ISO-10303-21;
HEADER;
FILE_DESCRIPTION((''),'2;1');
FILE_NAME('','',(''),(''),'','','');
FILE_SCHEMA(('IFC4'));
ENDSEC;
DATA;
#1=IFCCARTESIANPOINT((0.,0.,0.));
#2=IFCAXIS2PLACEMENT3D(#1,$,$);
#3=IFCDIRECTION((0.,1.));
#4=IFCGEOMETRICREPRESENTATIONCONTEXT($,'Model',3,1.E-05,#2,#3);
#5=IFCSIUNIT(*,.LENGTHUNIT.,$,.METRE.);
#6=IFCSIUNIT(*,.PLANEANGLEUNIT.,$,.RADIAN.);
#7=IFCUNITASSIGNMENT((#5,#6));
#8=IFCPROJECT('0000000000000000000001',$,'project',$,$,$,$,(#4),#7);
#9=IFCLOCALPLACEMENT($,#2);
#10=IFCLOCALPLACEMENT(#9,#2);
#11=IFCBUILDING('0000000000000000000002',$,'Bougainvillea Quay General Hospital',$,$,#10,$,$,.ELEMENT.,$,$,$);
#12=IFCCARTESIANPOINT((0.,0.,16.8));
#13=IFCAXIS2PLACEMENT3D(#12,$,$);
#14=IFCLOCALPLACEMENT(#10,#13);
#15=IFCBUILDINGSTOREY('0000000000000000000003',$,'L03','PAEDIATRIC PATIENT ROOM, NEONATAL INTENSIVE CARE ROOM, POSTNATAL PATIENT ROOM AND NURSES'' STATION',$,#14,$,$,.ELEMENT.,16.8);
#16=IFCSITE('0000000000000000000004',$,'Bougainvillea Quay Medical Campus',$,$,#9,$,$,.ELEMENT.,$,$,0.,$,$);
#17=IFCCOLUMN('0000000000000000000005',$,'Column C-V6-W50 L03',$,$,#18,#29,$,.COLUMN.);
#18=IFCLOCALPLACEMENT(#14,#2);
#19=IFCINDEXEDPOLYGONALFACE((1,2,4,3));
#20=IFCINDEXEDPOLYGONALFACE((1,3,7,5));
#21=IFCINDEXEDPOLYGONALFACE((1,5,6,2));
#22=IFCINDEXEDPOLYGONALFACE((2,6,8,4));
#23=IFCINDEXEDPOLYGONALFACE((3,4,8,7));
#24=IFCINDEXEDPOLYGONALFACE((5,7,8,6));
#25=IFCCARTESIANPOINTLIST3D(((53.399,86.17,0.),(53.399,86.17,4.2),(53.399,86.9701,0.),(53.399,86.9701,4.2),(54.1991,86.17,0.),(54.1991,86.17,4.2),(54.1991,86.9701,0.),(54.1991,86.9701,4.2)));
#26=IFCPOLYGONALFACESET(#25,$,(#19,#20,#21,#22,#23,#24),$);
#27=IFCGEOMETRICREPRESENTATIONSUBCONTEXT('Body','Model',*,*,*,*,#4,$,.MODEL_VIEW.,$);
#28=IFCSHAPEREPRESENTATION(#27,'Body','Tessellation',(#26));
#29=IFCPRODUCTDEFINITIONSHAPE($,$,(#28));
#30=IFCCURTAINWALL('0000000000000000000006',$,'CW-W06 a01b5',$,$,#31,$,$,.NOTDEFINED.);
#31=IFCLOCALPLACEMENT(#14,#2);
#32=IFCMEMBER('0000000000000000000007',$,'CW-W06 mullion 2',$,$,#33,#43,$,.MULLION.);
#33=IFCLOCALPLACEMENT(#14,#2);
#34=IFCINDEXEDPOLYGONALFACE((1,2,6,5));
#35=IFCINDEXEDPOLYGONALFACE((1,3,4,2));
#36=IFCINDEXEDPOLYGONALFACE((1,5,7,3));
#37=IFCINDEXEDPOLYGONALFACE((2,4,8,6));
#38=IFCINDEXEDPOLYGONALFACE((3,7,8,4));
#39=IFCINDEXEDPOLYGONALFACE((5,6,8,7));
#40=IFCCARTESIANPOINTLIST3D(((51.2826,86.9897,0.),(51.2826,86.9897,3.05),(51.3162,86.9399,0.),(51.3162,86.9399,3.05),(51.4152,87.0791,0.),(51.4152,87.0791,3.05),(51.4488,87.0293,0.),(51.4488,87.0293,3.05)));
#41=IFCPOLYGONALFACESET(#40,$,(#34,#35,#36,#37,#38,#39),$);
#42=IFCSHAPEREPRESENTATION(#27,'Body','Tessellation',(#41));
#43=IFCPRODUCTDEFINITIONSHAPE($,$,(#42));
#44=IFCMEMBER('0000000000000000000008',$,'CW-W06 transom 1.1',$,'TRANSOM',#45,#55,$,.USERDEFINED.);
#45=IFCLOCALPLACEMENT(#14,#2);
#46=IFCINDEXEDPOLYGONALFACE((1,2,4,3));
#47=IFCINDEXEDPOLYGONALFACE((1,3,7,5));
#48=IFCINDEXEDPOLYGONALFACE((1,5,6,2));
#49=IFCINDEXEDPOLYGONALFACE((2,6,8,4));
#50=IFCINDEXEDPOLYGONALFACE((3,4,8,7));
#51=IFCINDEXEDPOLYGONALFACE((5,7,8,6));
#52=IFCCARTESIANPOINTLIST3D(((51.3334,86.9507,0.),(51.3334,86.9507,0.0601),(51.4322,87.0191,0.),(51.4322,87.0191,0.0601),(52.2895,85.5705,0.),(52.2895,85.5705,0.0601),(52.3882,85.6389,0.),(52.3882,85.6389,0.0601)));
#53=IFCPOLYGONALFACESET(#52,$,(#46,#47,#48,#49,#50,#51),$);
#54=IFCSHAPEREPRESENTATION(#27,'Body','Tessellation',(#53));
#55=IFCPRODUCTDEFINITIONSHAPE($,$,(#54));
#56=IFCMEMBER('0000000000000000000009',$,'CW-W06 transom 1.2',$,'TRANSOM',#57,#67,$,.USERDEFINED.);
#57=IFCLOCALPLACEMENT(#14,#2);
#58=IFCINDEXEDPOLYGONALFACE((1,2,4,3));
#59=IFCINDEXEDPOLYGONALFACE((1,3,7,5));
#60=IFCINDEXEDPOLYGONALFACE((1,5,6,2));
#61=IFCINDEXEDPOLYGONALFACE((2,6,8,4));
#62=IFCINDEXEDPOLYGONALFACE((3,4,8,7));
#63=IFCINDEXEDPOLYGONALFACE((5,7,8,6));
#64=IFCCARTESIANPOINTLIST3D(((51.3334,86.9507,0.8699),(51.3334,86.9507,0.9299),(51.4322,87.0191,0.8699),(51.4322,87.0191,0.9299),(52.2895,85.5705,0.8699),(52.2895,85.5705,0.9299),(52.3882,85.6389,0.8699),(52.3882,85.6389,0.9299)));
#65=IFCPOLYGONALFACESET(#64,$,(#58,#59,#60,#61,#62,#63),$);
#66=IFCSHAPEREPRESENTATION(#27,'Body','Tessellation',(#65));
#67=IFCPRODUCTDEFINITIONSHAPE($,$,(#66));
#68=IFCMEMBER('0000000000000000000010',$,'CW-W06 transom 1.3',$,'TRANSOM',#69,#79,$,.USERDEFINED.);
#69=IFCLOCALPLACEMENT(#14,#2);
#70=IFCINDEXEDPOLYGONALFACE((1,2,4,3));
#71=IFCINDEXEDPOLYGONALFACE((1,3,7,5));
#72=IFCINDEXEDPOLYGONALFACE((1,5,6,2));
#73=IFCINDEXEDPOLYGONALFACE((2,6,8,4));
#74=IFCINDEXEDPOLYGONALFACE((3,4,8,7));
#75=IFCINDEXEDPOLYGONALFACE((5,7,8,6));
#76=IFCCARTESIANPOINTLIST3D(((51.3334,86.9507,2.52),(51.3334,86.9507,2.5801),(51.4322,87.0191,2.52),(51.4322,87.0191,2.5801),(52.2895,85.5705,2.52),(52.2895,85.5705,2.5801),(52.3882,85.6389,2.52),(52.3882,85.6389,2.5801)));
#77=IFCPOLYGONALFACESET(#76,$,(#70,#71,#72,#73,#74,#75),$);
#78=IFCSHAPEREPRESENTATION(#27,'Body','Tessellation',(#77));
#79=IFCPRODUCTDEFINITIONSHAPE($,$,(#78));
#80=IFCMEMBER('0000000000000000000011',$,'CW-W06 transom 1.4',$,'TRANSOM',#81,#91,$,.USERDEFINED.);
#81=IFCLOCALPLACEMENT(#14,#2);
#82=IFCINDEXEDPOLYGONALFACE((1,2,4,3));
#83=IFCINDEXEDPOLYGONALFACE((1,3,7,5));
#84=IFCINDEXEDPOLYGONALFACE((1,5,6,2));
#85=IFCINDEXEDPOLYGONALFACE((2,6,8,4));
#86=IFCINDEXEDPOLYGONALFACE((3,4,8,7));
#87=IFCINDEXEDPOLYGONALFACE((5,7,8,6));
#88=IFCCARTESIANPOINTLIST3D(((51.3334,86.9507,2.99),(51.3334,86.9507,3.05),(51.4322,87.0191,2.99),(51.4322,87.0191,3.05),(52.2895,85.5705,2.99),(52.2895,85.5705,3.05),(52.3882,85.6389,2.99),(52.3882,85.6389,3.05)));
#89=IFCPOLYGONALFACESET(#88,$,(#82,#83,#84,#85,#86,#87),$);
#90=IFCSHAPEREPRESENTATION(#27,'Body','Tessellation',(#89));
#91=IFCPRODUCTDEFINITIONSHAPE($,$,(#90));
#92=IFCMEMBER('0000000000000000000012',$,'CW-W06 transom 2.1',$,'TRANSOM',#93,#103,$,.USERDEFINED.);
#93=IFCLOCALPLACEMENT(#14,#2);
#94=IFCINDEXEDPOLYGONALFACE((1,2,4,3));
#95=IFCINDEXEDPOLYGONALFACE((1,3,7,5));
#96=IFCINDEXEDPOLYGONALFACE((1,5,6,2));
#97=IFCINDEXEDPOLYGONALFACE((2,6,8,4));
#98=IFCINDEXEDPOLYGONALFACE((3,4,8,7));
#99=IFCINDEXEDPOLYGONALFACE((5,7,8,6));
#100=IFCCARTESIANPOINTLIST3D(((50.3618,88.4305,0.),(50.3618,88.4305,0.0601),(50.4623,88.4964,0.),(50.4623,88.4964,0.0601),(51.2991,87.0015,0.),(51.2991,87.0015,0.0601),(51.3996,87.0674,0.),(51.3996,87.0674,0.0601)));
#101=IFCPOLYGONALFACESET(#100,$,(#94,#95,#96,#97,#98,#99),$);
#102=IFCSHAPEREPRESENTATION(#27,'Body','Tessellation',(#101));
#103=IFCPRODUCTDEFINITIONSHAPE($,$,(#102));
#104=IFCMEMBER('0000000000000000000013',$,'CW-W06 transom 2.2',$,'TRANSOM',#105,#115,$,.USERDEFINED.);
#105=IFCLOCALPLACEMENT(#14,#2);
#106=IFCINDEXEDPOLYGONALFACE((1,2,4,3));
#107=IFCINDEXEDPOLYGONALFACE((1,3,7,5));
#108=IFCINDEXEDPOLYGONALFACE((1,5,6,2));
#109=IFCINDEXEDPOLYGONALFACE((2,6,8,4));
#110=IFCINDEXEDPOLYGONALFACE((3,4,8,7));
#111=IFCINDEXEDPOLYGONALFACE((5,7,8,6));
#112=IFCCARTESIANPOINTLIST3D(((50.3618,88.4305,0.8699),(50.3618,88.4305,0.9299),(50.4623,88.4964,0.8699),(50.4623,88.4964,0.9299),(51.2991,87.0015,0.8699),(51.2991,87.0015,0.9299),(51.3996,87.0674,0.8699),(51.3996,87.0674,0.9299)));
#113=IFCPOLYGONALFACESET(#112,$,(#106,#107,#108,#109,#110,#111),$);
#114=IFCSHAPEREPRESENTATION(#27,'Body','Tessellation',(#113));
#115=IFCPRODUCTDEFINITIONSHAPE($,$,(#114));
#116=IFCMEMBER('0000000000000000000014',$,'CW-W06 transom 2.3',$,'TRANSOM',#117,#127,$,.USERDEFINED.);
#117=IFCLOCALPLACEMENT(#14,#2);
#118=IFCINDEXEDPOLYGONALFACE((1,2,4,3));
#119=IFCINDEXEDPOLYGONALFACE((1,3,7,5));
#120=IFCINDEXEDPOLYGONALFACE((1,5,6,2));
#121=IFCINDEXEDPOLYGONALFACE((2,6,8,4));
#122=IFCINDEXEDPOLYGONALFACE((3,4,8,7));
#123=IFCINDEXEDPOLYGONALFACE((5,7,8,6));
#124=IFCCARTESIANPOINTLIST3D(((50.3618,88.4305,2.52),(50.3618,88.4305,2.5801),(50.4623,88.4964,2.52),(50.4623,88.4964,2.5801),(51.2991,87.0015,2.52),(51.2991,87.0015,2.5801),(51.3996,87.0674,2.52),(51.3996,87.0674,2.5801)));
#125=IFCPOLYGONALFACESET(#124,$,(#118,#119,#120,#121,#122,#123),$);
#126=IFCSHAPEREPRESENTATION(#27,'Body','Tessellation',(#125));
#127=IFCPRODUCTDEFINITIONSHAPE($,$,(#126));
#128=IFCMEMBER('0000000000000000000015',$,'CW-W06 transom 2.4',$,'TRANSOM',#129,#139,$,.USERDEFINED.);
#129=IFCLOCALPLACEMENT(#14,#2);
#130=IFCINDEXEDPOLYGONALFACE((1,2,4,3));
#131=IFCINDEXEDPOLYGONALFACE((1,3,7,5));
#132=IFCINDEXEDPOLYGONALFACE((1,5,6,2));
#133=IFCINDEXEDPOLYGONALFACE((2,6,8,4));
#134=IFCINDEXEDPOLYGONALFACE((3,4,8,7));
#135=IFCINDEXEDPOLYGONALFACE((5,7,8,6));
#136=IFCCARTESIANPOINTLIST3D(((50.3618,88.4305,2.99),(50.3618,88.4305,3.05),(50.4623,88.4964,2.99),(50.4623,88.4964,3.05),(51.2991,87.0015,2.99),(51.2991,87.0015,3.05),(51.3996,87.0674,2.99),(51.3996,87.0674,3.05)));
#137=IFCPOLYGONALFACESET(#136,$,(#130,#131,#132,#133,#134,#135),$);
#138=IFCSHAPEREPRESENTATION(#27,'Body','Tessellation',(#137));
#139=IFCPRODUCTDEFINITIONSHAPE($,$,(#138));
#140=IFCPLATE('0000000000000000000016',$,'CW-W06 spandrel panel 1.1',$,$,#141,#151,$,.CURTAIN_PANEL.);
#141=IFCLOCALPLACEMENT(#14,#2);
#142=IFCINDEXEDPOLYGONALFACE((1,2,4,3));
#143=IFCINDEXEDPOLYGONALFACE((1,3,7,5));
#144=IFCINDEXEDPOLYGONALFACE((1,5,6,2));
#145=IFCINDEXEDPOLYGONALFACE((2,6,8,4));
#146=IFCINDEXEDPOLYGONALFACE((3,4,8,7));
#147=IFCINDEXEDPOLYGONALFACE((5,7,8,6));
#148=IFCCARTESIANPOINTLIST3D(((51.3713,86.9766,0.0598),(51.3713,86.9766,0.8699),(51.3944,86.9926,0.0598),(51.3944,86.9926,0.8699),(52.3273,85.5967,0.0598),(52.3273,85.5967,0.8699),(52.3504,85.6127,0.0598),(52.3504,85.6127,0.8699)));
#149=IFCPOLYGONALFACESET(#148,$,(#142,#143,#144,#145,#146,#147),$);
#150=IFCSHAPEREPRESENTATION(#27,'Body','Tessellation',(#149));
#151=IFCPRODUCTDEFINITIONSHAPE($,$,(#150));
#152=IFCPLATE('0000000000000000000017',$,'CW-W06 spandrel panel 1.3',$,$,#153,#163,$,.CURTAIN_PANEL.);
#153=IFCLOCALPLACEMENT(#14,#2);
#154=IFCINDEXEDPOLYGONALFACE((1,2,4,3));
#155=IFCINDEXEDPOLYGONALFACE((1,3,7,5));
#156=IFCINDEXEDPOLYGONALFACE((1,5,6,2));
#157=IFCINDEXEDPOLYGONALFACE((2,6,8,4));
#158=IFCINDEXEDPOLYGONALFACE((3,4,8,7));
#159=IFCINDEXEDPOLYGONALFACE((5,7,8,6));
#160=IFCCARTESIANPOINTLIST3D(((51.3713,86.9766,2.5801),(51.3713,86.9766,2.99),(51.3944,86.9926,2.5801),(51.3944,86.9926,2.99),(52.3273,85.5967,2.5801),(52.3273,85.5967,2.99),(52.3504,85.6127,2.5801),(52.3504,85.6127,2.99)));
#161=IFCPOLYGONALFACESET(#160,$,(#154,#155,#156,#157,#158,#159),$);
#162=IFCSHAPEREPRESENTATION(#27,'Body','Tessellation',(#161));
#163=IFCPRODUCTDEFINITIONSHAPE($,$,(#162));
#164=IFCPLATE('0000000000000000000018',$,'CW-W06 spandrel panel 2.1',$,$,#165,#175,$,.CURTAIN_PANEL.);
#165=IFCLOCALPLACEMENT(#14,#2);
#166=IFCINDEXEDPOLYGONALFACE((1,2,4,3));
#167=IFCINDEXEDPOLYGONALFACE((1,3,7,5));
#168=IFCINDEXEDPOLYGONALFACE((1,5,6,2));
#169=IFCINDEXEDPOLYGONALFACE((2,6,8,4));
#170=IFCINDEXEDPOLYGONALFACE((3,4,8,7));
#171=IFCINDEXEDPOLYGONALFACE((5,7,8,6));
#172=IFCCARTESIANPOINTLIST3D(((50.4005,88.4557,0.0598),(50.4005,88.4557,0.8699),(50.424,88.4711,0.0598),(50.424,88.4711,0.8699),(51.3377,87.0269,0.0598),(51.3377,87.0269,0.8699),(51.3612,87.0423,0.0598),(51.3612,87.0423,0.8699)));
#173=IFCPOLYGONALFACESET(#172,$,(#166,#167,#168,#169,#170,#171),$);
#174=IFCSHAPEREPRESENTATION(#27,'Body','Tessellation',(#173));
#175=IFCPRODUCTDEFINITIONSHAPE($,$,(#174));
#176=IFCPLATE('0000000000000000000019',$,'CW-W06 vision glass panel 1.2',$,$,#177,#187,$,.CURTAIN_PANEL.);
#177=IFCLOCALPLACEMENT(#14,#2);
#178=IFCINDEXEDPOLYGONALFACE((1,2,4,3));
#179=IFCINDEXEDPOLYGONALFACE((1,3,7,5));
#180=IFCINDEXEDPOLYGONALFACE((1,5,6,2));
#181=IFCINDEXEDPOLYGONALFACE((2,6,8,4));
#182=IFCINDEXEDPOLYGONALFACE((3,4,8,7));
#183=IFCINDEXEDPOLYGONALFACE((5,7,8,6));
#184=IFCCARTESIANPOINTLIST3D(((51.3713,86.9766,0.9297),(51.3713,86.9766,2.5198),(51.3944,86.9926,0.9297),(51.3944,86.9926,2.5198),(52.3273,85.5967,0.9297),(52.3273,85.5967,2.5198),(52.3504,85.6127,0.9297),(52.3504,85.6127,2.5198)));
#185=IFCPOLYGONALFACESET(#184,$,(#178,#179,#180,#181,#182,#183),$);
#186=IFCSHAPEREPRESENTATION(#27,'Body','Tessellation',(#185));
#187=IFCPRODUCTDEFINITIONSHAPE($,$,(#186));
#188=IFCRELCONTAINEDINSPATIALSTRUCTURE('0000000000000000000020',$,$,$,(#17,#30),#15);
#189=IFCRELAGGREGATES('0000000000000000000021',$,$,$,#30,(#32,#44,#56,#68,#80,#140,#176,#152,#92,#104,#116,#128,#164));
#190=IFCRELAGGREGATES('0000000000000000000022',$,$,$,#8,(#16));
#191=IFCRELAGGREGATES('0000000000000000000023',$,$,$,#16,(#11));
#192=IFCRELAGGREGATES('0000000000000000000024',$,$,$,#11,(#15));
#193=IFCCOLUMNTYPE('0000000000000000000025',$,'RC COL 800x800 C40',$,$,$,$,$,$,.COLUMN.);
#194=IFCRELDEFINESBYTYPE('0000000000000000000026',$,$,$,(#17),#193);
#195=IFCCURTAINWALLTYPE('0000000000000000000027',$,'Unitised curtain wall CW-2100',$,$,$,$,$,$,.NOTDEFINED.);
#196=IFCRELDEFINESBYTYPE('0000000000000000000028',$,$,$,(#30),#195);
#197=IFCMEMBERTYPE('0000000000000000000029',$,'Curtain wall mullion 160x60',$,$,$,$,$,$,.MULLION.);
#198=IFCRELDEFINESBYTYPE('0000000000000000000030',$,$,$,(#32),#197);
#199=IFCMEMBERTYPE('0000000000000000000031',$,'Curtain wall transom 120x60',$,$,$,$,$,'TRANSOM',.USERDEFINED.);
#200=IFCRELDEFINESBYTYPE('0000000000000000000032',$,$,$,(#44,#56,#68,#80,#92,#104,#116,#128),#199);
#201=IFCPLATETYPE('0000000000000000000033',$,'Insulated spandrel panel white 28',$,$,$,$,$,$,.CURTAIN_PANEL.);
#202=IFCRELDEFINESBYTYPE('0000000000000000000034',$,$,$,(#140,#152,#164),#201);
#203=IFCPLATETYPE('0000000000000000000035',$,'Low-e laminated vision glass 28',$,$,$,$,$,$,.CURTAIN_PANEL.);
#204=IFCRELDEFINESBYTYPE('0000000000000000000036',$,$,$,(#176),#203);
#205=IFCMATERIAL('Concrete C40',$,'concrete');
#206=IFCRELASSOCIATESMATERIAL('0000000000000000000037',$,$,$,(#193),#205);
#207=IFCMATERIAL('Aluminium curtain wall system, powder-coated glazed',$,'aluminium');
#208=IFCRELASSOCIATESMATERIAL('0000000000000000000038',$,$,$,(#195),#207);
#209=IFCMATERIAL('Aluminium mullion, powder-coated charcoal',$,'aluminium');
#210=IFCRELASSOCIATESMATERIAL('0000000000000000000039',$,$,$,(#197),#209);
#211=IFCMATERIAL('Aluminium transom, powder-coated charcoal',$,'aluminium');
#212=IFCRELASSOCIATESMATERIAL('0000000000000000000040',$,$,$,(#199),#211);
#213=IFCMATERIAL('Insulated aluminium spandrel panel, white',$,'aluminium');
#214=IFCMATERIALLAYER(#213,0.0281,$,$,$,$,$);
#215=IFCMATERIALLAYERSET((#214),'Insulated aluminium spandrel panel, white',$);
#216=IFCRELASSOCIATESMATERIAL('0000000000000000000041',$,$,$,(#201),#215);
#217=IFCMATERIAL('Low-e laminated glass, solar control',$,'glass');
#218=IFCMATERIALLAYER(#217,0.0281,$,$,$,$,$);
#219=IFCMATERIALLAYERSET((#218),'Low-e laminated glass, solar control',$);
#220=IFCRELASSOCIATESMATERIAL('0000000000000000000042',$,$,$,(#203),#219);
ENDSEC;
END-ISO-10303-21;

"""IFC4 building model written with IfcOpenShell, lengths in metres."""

from ifc_helpers import new_model, si_unit, direction, frame, origin, origin_2d, place, context, subcontext, project, spatial, rectangle, extrude, material, layer, layer_set, material_profile, profile_set, type_object, element, aggregate, save


model = new_model("IFC4")

# Units and contexts
model_context = context("Model", 3, precision=1e-05, world=origin(), true_north=direction((0.0, 1.0)))
body_context = subcontext(model_context, "Body", "Model", "MODEL_VIEW")
ifc_project = project(units=[si_unit("LENGTHUNIT", "METRE"), si_unit("PLANEANGLEUNIT", "RADIAN")], contexts=[model_context])

# Site, building, storey
site_placement = place(None, origin())
site = spatial("IfcSite", under=ifc_project, at=site_placement, Name="Bougainvillea Quay Medical Campus", CompositionType="ELEMENT", RefElevation=0.0)
building_placement = place(site_placement, origin())
building = spatial("IfcBuilding", under=site, at=building_placement, Name="Bougainvillea Quay General Hospital", CompositionType="ELEMENT")
storey_placement = place(building_placement, frame((0.0, 0.0, 16.8)))
storey = spatial("IfcBuildingStorey", under=building, at=storey_placement, Name="L03", Description="PAEDIATRIC PATIENT ROOM, NEONATAL INTENSIVE CARE ROOM, POSTNATAL PATIENT ROOM AND NURSES' STATION", CompositionType="ELEMENT", Elevation=16.8)

# Column
ifc_material_1 = material(Name="Concrete C40", Category="concrete")
ifc_material_profile_1 = material_profile(ifc_material_1, rectangle(XDim=0.8, YDim=0.8, at=origin_2d()))
ifc_profile_set_1 = profile_set([ifc_material_profile_1], Name="Concrete C40")
column_type = type_object("IfcColumnType", Name="RC COL 800x800 C40", PredefinedType="COLUMN", material=ifc_profile_set_1)
column_placement = place(storey_placement, frame((53.7991, 86.5701, 0.0), z_axis=(0.0, 0.0, 1.0), x_axis=(1.0, 0.0, 0.0)))
element("IfcColumn", 1, at=column_placement, inside=storey, type_object=column_type, Name="Column C-V6-W50 L03", PredefinedType="COLUMN", context=body_context, shape_type="SweptSolid", body=[
    extrude(rectangle(XDim=0.8, YDim=0.8, at=origin_2d()), origin(), (0.0, 0.0, 1.0), 4.2),
])

# Curtain wall, members, plates
ifc_material_2 = material(Name="Aluminium curtain wall system, powder-coated glazed", Category="aluminium")
curtain_wall_type = type_object("IfcCurtainWallType", Name="Unitised curtain wall CW-2100", PredefinedType="NOTDEFINED", material=ifc_material_2)
curtain_wall_placement = place(storey_placement, origin())
curtain_wall = element("IfcCurtainWall", 2, at=curtain_wall_placement, inside=storey, type_object=curtain_wall_type, Name="CW-W06 a01b5", PredefinedType="NOTDEFINED")
ifc_material_3 = material(Name="Aluminium mullion, powder-coated charcoal", Category="aluminium")
ifc_material_profile_2 = material_profile(ifc_material_3, rectangle(XDim=0.1599, YDim=0.0601, at=origin_2d()))
ifc_profile_set_2 = profile_set([ifc_material_profile_2], Name="Aluminium mullion, powder-coated charcoal")
member_type_1 = type_object("IfcMemberType", Name="Curtain wall mullion 160x60", PredefinedType="MULLION", material=ifc_profile_set_2)
member_1_placement = place(storey_placement, frame((51.3657, 87.0095, 0.0), z_axis=(0.0, 0.0, 1.0), x_axis=(-0.829164, -0.559005, 0.0)))
member_1 = element("IfcMember", 3, at=member_1_placement, type_object=member_type_1, Name="CW-W06 mullion 2", PredefinedType="MULLION", context=body_context, shape_type="SweptSolid", body=[
    extrude(rectangle(XDim=0.1599, YDim=0.0601, at=origin_2d()), origin(), (0.0, 0.0, 1.0), 3.05),
])
ifc_material_4 = material(Name="Aluminium transom, powder-coated charcoal", Category="aluminium")
ifc_material_profile_3 = material_profile(ifc_material_4, rectangle(XDim=0.1201, YDim=0.0601, at=origin_2d()))
ifc_profile_set_3 = profile_set([ifc_material_profile_3], Name="Aluminium transom, powder-coated charcoal")
member_type_2 = type_object("IfcMemberType", Name="Curtain wall transom 120x60", ElementType="TRANSOM", PredefinedType="USERDEFINED", material=ifc_profile_set_3)
member_2_placement = place(storey_placement, frame((52.3389, 85.6047, 0.03), z_axis=(-0.569444, 0.82203, 0.0), x_axis=(-0.82203, -0.569444, 0.0)))
member_2 = element("IfcMember", 4, at=member_2_placement, type_object=member_type_2, Name="CW-W06 transom 1.1", ObjectType="TRANSOM", PredefinedType="USERDEFINED", context=body_context, shape_type="SweptSolid", body=[
    extrude(rectangle(XDim=0.1201, YDim=0.0601, at=origin_2d()), origin(), (0.0, 0.0, 1.0), 1.679),
])
member_3_placement = place(storey_placement, frame((52.3389, 85.6047, 0.8999), z_axis=(-0.569444, 0.82203, 0.0), x_axis=(-0.82203, -0.569444, 0.0)))
member_3 = element("IfcMember", 5, at=member_3_placement, type_object=member_type_2, Name="CW-W06 transom 1.2", ObjectType="TRANSOM", PredefinedType="USERDEFINED", context=body_context, shape_type="SweptSolid", body=[
    extrude(rectangle(XDim=0.1201, YDim=0.0601, at=origin_2d()), origin(), (0.0, 0.0, 1.0), 1.679),
])
member_4_placement = place(storey_placement, frame((52.3389, 85.6047, 2.55), z_axis=(-0.569444, 0.82203, 0.0), x_axis=(-0.82203, -0.569444, 0.0)))
member_4 = element("IfcMember", 6, at=member_4_placement, type_object=member_type_2, Name="CW-W06 transom 1.3", ObjectType="TRANSOM", PredefinedType="USERDEFINED", context=body_context, shape_type="SweptSolid", body=[
    extrude(rectangle(XDim=0.1201, YDim=0.0601, at=origin_2d()), origin(), (0.0, 0.0, 1.0), 1.679),
])
member_5_placement = place(storey_placement, frame((52.3389, 85.6047, 3.02), z_axis=(-0.569444, 0.82203, 0.0), x_axis=(-0.82203, -0.569444, 0.0)))
member_5 = element("IfcMember", 7, at=member_5_placement, type_object=member_type_2, Name="CW-W06 transom 1.4", ObjectType="TRANSOM", PredefinedType="USERDEFINED", context=body_context, shape_type="SweptSolid", body=[
    extrude(rectangle(XDim=0.1201, YDim=0.0601, at=origin_2d()), origin(), (0.0, 0.0, 1.0), 1.679),
])
member_6_placement = place(storey_placement, frame((51.3494, 87.0344, 0.03), z_axis=(-0.548454, 0.836181, 0.0), x_axis=(-0.836181, -0.548454, 0.0)))
member_6 = element("IfcMember", 8, at=member_6_placement, type_object=member_type_2, Name="CW-W06 transom 2.1", ObjectType="TRANSOM", PredefinedType="USERDEFINED", context=body_context, shape_type="SweptSolid", body=[
    extrude(rectangle(XDim=0.1201, YDim=0.0601, at=origin_2d()), origin(), (0.0, 0.0, 1.0), 1.709),
])
member_7_placement = place(storey_placement, frame((51.3494, 87.0344, 0.8999), z_axis=(-0.548454, 0.836181, 0.0), x_axis=(-0.836181, -0.548454, 0.0)))
member_7 = element("IfcMember", 9, at=member_7_placement, type_object=member_type_2, Name="CW-W06 transom 2.2", ObjectType="TRANSOM", PredefinedType="USERDEFINED", context=body_context, shape_type="SweptSolid", body=[
    extrude(rectangle(XDim=0.1201, YDim=0.0601, at=origin_2d()), origin(), (0.0, 0.0, 1.0), 1.709),
])
member_8_placement = place(storey_placement, frame((51.3494, 87.0344, 2.55), z_axis=(-0.548454, 0.836181, 0.0), x_axis=(-0.836181, -0.548454, 0.0)))
member_8 = element("IfcMember", 10, at=member_8_placement, type_object=member_type_2, Name="CW-W06 transom 2.3", ObjectType="TRANSOM", PredefinedType="USERDEFINED", context=body_context, shape_type="SweptSolid", body=[
    extrude(rectangle(XDim=0.1201, YDim=0.0601, at=origin_2d()), origin(), (0.0, 0.0, 1.0), 1.709),
])
member_9_placement = place(storey_placement, frame((51.3494, 87.0344, 3.02), z_axis=(-0.548454, 0.836181, 0.0), x_axis=(-0.836181, -0.548454, 0.0)))
member_9 = element("IfcMember", 11, at=member_9_placement, type_object=member_type_2, Name="CW-W06 transom 2.4", ObjectType="TRANSOM", PredefinedType="USERDEFINED", context=body_context, shape_type="SweptSolid", body=[
    extrude(rectangle(XDim=0.1201, YDim=0.0601, at=origin_2d()), origin(), (0.0, 0.0, 1.0), 1.709),
])
ifc_material_5 = material(Name="Insulated aluminium spandrel panel, white", Category="aluminium")
ifc_layer_1 = layer(ifc_material_5, 0.0281)
ifc_layer_set_1 = layer_set([ifc_layer_1], Name="Insulated aluminium spandrel panel, white")
plate_type_1 = type_object("IfcPlateType", Name="Insulated spandrel panel white 28", PredefinedType="CURTAIN_PANEL", material=ifc_layer_set_1)
plate_1_placement = place(storey_placement, frame((51.8608, 86.2947, 0.0598), z_axis=(0.0, 0.0, 1.0), x_axis=(-0.569473, 0.82201, 0.0)))
plate_1 = element("IfcPlate", 12, at=plate_1_placement, type_object=plate_type_1, Name="CW-W06 spandrel panel 1.1", PredefinedType="CURTAIN_PANEL", context=body_context, shape_type="SweptSolid", body=[
    extrude(rectangle(XDim=1.6787, YDim=0.0281, at=origin_2d()), origin(), (0.0, 0.0, 1.0), 0.8101),
])
plate_2_placement = place(storey_placement, frame((51.8608, 86.2947, 2.5801), z_axis=(0.0, 0.0, 1.0), x_axis=(-0.569473, 0.82201, 0.0)))
plate_2 = element("IfcPlate", 13, at=plate_2_placement, type_object=plate_type_1, Name="CW-W06 spandrel panel 1.3", PredefinedType="CURTAIN_PANEL", context=body_context, shape_type="SweptSolid", body=[
    extrude(rectangle(XDim=1.6787, YDim=0.0281, at=origin_2d()), origin(), (0.0, 0.0, 1.0), 0.4099),
])
plate_3_placement = place(storey_placement, frame((50.8809, 87.749, 0.0598), z_axis=(0.0, 0.0, 1.0), x_axis=(-0.548446, 0.836186, 0.0)))
plate_3 = element("IfcPlate", 14, at=plate_3_placement, type_object=plate_type_1, Name="CW-W06 spandrel panel 2.1", PredefinedType="CURTAIN_PANEL", context=body_context, shape_type="SweptSolid", body=[
    extrude(rectangle(XDim=1.7087, YDim=0.0281, at=origin_2d()), origin(), (0.0, 0.0, 1.0), 0.8101),
])
ifc_material_6 = material(Name="Low-e laminated glass, solar control", Category="glass")
ifc_layer_2 = layer(ifc_material_6, 0.0281)
ifc_layer_set_2 = layer_set([ifc_layer_2], Name="Low-e laminated glass, solar control")
plate_type_2 = type_object("IfcPlateType", Name="Low-e laminated vision glass 28", PredefinedType="CURTAIN_PANEL", material=ifc_layer_set_2)
plate_4_placement = place(storey_placement, frame((51.8608, 86.2947, 0.9297), z_axis=(0.0, 0.0, 1.0), x_axis=(-0.569473, 0.82201, 0.0)))
plate_4 = element("IfcPlate", 15, at=plate_4_placement, type_object=plate_type_2, Name="CW-W06 vision glass panel 1.2", PredefinedType="CURTAIN_PANEL", context=body_context, shape_type="SweptSolid", body=[
    extrude(rectangle(XDim=1.6787, YDim=0.0281, at=origin_2d()), origin(), (0.0, 0.0, 1.0), 1.5901),
])
aggregate(curtain_wall, [member_1, member_2, member_3, member_4, member_5, plate_1, plate_4, plate_2, member_6, member_7, member_8, member_9, plate_3])

save(model, "model.ifc")
